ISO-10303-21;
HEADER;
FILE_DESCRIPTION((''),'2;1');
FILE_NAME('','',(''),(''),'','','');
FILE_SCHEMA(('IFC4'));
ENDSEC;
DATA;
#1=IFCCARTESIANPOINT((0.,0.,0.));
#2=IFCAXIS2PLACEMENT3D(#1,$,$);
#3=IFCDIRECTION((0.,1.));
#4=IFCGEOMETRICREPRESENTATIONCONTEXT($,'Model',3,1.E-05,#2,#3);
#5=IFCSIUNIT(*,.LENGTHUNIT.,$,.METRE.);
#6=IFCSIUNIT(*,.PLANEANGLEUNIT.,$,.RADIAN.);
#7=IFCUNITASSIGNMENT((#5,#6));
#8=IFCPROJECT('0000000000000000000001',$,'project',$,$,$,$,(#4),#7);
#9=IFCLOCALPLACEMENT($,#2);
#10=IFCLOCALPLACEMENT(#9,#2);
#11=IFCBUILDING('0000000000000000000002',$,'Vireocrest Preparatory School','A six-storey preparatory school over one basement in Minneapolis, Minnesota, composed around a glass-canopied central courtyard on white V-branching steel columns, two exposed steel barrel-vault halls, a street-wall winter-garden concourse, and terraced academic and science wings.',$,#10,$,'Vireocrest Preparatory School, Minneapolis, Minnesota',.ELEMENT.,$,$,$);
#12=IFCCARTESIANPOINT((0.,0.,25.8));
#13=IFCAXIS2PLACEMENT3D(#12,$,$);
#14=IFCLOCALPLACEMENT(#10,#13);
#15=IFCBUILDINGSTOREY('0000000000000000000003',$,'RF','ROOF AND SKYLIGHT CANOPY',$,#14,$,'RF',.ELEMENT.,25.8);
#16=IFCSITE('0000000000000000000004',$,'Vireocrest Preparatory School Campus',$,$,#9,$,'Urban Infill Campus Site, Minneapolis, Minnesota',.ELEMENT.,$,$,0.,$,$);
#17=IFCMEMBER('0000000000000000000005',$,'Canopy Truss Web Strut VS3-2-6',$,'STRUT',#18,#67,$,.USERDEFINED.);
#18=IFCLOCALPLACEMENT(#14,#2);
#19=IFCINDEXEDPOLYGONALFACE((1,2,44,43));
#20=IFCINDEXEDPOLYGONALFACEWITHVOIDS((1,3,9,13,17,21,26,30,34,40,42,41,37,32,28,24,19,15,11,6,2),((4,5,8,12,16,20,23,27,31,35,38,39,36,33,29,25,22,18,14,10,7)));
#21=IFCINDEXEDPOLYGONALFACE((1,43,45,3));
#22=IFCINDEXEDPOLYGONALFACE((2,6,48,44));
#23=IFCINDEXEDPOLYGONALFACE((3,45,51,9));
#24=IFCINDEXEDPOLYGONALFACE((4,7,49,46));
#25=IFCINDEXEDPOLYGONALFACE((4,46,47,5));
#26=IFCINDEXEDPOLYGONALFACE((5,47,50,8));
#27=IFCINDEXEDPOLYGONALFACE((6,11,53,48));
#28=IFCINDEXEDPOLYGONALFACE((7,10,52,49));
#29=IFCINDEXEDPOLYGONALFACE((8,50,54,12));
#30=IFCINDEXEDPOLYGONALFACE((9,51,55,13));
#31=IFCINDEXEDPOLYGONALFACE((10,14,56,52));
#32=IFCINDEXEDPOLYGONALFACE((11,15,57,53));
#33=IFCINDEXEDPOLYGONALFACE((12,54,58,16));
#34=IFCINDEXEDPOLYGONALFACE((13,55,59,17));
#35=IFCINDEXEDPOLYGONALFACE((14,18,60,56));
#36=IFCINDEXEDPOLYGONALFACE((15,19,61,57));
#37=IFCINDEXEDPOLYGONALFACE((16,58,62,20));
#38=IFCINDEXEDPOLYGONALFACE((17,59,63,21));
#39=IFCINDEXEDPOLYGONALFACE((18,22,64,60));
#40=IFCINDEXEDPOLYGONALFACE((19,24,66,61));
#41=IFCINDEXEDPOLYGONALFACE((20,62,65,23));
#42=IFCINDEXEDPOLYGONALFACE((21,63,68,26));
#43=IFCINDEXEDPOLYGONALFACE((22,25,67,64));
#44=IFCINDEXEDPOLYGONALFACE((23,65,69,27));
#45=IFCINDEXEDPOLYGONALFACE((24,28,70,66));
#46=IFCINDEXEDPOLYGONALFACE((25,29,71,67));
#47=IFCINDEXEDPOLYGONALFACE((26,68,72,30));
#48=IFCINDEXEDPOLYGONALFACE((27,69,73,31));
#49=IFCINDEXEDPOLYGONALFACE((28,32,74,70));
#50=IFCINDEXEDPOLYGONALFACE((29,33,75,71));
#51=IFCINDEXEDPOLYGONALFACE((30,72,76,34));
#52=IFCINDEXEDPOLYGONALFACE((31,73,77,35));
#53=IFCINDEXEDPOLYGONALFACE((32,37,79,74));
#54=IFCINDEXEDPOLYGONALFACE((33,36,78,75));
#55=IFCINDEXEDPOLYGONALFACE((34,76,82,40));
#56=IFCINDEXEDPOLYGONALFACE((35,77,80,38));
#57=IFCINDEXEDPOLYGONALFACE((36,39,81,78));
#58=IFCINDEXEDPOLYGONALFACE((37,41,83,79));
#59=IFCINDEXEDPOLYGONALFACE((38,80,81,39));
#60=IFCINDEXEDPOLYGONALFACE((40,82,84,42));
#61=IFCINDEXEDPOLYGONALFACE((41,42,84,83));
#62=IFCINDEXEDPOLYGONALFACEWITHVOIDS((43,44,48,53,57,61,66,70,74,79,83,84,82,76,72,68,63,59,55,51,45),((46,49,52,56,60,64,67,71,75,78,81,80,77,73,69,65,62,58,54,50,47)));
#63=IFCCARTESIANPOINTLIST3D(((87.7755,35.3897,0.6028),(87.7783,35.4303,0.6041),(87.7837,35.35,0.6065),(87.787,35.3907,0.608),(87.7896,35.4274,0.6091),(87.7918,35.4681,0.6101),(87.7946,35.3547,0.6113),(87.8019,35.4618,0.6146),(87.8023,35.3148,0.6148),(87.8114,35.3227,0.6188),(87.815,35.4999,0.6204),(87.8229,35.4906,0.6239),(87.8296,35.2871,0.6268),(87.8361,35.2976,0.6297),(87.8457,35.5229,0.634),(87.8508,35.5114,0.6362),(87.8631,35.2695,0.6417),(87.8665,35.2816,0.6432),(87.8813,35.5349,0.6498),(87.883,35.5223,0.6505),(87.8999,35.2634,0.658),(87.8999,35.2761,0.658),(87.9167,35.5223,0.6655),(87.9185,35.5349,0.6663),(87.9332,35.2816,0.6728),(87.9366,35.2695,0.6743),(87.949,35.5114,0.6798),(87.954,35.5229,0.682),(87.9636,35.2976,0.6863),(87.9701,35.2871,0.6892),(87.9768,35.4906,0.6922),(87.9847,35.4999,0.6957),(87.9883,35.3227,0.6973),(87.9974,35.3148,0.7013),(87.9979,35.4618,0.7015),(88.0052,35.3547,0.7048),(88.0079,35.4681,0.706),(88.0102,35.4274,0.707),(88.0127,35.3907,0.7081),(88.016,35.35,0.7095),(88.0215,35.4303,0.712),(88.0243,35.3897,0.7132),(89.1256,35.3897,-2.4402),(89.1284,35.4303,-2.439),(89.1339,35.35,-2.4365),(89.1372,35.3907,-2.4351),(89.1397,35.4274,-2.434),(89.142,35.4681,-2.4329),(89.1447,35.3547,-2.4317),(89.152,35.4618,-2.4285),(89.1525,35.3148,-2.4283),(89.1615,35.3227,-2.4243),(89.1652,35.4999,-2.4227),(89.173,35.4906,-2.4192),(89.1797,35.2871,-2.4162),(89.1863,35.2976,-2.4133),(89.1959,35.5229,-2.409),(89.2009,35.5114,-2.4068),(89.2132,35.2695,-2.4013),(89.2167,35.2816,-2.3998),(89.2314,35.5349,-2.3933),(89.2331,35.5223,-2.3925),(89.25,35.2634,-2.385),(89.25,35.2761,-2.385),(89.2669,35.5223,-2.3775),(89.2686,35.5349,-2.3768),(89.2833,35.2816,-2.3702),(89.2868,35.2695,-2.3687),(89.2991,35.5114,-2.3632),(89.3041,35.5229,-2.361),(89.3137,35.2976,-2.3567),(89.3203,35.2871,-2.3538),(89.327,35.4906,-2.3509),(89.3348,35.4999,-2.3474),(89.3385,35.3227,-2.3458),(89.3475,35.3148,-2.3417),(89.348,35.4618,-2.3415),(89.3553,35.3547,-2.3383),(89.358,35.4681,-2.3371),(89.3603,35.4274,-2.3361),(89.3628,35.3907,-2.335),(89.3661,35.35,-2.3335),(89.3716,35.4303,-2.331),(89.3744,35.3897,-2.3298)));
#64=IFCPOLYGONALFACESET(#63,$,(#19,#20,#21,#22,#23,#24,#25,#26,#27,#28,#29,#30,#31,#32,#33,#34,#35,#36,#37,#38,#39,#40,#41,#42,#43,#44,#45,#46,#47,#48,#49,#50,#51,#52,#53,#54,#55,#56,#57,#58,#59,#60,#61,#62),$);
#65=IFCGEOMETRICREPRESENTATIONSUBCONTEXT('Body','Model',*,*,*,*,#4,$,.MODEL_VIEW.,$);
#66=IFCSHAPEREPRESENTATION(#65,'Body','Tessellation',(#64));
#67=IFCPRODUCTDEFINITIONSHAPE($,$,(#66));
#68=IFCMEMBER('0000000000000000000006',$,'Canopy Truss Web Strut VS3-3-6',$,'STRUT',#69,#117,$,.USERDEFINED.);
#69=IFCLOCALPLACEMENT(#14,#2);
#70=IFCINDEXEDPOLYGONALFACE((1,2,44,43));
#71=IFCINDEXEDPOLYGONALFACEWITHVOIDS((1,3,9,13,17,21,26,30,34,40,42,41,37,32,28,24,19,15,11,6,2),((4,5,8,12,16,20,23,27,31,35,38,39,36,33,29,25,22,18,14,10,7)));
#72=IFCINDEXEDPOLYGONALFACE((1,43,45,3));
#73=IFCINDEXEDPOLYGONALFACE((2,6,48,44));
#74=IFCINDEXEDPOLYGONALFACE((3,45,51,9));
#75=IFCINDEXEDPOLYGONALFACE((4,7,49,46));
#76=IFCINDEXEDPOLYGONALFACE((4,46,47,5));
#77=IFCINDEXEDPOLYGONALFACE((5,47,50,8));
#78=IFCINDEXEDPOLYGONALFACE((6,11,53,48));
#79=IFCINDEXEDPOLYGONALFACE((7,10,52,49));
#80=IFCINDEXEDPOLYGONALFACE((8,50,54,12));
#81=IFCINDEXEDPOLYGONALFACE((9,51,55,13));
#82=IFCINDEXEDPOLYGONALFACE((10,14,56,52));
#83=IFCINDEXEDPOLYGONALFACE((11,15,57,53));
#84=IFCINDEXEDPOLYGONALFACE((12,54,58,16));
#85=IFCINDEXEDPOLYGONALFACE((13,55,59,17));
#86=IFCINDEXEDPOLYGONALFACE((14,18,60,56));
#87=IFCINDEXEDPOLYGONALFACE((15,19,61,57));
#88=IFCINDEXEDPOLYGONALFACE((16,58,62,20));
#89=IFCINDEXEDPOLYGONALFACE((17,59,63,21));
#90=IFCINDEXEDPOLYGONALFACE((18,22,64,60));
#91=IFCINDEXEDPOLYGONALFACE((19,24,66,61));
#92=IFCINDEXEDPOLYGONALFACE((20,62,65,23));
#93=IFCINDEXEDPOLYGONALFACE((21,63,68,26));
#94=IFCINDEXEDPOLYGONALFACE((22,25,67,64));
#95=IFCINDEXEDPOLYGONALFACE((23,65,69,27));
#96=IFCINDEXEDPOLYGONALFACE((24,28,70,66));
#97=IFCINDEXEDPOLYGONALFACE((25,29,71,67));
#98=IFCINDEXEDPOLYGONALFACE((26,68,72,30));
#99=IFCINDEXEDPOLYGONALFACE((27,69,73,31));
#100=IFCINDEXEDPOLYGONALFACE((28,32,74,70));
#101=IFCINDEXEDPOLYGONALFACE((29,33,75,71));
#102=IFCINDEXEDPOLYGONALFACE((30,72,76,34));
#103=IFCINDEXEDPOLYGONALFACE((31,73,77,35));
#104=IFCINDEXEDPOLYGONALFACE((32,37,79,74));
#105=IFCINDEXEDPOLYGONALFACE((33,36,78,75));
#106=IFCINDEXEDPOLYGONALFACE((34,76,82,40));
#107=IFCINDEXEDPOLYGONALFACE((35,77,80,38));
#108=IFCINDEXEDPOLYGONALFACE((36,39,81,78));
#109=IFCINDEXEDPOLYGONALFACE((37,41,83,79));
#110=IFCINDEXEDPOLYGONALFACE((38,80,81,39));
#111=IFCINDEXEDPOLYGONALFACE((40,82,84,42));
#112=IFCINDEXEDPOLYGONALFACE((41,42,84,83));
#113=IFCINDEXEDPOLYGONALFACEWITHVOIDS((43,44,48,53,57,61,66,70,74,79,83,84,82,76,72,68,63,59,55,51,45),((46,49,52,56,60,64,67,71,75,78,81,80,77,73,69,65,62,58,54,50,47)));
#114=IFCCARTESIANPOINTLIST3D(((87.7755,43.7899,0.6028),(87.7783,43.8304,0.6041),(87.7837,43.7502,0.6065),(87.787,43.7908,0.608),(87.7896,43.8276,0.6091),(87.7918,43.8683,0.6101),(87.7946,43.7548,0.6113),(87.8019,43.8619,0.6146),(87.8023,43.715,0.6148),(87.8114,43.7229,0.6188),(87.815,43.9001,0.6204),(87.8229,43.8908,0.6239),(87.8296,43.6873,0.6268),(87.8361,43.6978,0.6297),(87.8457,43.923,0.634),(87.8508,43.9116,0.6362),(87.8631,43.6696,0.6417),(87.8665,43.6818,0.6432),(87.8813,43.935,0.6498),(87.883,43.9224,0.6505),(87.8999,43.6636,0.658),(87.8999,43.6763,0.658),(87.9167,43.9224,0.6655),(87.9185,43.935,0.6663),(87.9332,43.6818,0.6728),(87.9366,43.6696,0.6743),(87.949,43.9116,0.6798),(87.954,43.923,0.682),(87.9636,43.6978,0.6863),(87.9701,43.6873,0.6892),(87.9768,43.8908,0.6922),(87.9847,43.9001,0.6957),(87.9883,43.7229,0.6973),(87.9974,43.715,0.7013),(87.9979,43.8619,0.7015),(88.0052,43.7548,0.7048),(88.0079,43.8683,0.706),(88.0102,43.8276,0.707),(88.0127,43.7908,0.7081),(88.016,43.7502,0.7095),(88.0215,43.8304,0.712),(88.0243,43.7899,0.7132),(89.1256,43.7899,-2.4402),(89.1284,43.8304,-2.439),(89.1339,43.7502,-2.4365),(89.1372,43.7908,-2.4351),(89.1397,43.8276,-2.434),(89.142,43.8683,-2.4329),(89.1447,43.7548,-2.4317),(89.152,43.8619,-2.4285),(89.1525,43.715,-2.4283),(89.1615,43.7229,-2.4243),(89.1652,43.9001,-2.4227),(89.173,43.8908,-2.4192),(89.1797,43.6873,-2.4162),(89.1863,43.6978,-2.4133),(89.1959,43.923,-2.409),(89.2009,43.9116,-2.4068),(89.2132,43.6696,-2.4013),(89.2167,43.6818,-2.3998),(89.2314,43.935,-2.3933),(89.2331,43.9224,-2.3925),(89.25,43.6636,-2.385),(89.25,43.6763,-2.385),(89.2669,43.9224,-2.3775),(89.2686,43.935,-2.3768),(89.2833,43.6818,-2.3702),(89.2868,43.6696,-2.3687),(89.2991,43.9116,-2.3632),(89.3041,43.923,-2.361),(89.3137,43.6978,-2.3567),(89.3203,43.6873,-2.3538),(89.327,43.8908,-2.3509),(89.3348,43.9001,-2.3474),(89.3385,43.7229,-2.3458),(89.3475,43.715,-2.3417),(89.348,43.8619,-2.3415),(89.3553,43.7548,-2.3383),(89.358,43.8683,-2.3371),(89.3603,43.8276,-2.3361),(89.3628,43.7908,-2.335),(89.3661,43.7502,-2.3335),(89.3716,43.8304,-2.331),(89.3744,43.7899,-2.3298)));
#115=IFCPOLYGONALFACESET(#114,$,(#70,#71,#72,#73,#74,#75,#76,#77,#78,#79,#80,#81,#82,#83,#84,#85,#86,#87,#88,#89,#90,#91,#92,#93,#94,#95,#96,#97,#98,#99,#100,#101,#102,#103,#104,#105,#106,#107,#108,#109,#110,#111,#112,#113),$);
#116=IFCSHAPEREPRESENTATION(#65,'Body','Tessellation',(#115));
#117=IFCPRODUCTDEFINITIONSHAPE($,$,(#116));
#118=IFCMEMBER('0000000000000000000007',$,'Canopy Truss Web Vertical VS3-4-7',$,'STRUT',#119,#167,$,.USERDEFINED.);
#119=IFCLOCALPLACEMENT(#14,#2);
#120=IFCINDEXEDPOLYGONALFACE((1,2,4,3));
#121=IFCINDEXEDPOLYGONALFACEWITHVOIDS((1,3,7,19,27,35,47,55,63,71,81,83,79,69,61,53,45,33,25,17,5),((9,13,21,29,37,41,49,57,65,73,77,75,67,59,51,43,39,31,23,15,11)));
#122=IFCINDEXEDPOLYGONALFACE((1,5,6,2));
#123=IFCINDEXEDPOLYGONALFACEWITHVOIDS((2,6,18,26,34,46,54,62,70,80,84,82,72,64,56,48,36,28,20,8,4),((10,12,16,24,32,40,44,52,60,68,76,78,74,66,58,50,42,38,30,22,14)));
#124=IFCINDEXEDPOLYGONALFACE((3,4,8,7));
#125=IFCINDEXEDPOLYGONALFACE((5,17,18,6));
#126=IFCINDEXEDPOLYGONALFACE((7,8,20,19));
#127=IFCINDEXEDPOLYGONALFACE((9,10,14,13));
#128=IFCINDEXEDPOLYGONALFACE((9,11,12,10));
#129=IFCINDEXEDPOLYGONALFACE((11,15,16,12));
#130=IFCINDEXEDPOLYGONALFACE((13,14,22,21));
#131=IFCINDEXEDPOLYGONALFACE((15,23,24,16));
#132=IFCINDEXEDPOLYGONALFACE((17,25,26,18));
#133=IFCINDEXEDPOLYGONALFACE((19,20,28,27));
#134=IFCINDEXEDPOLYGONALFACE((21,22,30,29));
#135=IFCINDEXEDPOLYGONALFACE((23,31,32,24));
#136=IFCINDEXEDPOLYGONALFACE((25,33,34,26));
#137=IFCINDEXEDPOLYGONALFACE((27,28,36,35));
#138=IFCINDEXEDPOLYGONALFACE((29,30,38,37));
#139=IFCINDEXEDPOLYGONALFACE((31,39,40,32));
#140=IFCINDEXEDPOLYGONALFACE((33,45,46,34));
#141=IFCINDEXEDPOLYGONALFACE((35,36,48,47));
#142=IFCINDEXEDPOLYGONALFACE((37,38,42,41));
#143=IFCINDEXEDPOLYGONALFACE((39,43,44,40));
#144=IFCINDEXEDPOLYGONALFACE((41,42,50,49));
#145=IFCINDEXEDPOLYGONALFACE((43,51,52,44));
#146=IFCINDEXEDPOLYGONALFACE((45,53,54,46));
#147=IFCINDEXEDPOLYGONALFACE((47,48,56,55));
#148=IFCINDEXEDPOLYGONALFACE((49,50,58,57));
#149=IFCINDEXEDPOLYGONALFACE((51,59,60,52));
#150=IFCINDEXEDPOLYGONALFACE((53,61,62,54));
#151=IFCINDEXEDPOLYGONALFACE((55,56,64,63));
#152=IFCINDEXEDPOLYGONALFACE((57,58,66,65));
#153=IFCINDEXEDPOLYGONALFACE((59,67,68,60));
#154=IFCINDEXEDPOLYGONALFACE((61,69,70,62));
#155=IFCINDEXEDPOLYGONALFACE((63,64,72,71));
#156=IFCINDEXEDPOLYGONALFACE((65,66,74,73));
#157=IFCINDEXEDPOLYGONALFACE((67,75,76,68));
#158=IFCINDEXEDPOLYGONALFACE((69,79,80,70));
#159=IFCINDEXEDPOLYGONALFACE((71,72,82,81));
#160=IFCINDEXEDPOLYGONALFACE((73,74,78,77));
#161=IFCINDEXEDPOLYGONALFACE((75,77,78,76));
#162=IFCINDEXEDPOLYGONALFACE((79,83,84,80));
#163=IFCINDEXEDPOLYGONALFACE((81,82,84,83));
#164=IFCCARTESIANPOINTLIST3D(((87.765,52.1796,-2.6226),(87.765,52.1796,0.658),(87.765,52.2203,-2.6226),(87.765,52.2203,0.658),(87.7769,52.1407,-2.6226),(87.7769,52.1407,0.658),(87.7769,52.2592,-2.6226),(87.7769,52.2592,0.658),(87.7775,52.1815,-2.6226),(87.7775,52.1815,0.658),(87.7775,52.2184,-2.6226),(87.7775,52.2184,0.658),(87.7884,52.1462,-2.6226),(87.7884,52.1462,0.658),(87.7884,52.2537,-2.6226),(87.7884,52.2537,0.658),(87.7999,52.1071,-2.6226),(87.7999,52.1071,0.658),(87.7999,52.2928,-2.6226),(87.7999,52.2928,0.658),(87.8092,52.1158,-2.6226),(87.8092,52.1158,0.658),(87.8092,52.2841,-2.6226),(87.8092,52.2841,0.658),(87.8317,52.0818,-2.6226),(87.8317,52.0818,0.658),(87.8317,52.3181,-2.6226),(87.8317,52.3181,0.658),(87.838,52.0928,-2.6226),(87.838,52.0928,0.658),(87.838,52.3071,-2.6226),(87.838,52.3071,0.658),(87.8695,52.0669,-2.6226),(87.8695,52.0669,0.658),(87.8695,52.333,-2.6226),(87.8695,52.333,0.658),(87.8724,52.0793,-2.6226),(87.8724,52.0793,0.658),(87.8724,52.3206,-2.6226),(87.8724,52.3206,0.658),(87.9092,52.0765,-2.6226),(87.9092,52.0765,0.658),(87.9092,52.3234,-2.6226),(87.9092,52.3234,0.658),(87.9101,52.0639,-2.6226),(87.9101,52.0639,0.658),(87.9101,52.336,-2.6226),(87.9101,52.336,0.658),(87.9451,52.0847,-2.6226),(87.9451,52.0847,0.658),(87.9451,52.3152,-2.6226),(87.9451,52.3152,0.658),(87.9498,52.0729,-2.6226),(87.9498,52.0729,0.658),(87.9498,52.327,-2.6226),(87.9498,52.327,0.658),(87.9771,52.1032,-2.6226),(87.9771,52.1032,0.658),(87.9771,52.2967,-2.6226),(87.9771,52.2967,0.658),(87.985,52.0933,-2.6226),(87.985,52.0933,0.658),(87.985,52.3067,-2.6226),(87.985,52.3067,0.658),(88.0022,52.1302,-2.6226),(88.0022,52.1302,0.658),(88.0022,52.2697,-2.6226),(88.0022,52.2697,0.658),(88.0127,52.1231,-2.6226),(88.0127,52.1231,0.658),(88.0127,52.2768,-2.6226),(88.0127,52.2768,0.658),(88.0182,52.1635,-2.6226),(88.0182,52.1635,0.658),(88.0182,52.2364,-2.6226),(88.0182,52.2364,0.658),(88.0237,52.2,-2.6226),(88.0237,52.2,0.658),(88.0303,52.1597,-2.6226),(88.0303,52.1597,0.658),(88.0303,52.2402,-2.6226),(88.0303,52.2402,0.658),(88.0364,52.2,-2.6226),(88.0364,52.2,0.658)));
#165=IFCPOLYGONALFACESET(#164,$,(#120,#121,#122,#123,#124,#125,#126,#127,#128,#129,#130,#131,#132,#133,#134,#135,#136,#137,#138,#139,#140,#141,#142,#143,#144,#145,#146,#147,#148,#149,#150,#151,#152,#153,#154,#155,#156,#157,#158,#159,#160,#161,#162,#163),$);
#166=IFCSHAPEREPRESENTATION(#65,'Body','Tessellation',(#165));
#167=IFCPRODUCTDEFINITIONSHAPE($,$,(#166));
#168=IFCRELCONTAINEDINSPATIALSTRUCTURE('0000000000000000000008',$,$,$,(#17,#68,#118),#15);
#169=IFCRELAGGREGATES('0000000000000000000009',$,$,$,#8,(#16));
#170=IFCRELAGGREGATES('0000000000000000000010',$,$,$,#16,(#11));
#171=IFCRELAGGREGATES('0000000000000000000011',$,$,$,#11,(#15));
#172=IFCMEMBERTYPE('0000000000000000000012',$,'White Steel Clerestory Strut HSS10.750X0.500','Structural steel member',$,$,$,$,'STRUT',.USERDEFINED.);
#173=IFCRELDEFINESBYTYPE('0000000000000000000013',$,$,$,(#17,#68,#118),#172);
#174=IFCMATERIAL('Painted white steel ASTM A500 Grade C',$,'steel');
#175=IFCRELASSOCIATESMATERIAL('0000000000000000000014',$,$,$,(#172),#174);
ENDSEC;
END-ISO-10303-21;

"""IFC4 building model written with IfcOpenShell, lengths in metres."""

from ifc_helpers import new_model, si_unit, direction, frame, origin, origin_2d, place, context, subcontext, project, spatial, hollow_circle, extrude, material, material_profile, profile_set, type_object, element, save


model = new_model("IFC4")

# Units and contexts
model_context = context("Model", 3, precision=1e-05, world=origin(), true_north=direction((0.0, 1.0)))
body_context = subcontext(model_context, "Body", "Model", "MODEL_VIEW")
ifc_project = project(units=[si_unit("LENGTHUNIT", "METRE"), si_unit("PLANEANGLEUNIT", "RADIAN")], contexts=[model_context])

# Site, building, storey
site_placement = place(None, origin())
site = spatial("IfcSite", under=ifc_project, at=site_placement, Name="Vireocrest Preparatory School Campus", LongName="Urban Infill Campus Site, Minneapolis, Minnesota", CompositionType="ELEMENT", RefElevation=0.0)
building_placement = place(site_placement, origin())
building = spatial("IfcBuilding", under=site, at=building_placement, Name="Vireocrest Preparatory School", Description="A six-storey preparatory school over one basement in Minneapolis, Minnesota, composed around a glass-canopied central courtyard on white V-branching steel columns, two exposed steel barrel-vault halls, a street-wall winter-garden concourse, and terraced academic and science wings.", LongName="Vireocrest Preparatory School, Minneapolis, Minnesota", CompositionType="ELEMENT")
storey_placement = place(building_placement, frame((0.0, 0.0, 25.8)))
storey = spatial("IfcBuildingStorey", under=building, at=storey_placement, Name="RF", Description="ROOF AND SKYLIGHT CANOPY", LongName="RF", CompositionType="ELEMENT", Elevation=25.8)

# Members
ifc_material_1 = material(Name="Painted white steel ASTM A500 Grade C", Category="steel")
ifc_material_profile_1 = material_profile(ifc_material_1, hollow_circle(Radius=0.1365, WallThickness=0.0127, at=origin_2d()), Name="HSS10.750X0.500")
ifc_profile_set_1 = profile_set([ifc_material_profile_1], Name="Painted white steel ASTM A500 Grade C")
member_type = type_object("IfcMemberType", Name="White Steel Clerestory Strut HSS10.750X0.500", Description="Structural steel member", ElementType="STRUT", PredefinedType="USERDEFINED", material=ifc_profile_set_1)
for number, where, z_axis, x_axis, name in (
    (1, (89.25, 35.3999, -2.385), (-0.405553, 0.0, 0.914071), (0.0, -1.0, 0.0), "Canopy Truss Web Strut VS3-2-6"),
    (2, (89.25, 43.8, -2.385), (-0.405553, 0.0, 0.914071), (0.0, -1.0, 0.0), "Canopy Truss Web Strut VS3-3-6"),
):
    element("IfcMember", number, at=place(storey_placement, frame(where, z_axis=z_axis, x_axis=x_axis)), inside=storey, type_object=member_type, Name=name, ObjectType="STRUT", PredefinedType="USERDEFINED", context=body_context, shape_type="SweptSolid", body=[
        extrude(hollow_circle(Radius=0.1365, WallThickness=0.0127, at=origin_2d()), origin(), (0.0, 0.0, 1.0), 3.3291),
    ])
member_1_placement = place(storey_placement, frame((87.8999, 52.2, -2.6226), z_axis=(0.0, 0.0, 1.0), x_axis=(1.0, 0.0, 0.0)))
element("IfcMember", 3, at=member_1_placement, inside=storey, type_object=member_type, Name="Canopy Truss Web Vertical VS3-4-7", ObjectType="STRUT", PredefinedType="USERDEFINED", context=body_context, shape_type="SweptSolid", body=[
    extrude(hollow_circle(Radius=0.1365, WallThickness=0.0127, at=origin_2d()), origin(), (0.0, 0.0, 1.0), 3.2805),
])

save(model, "model.ifc")
